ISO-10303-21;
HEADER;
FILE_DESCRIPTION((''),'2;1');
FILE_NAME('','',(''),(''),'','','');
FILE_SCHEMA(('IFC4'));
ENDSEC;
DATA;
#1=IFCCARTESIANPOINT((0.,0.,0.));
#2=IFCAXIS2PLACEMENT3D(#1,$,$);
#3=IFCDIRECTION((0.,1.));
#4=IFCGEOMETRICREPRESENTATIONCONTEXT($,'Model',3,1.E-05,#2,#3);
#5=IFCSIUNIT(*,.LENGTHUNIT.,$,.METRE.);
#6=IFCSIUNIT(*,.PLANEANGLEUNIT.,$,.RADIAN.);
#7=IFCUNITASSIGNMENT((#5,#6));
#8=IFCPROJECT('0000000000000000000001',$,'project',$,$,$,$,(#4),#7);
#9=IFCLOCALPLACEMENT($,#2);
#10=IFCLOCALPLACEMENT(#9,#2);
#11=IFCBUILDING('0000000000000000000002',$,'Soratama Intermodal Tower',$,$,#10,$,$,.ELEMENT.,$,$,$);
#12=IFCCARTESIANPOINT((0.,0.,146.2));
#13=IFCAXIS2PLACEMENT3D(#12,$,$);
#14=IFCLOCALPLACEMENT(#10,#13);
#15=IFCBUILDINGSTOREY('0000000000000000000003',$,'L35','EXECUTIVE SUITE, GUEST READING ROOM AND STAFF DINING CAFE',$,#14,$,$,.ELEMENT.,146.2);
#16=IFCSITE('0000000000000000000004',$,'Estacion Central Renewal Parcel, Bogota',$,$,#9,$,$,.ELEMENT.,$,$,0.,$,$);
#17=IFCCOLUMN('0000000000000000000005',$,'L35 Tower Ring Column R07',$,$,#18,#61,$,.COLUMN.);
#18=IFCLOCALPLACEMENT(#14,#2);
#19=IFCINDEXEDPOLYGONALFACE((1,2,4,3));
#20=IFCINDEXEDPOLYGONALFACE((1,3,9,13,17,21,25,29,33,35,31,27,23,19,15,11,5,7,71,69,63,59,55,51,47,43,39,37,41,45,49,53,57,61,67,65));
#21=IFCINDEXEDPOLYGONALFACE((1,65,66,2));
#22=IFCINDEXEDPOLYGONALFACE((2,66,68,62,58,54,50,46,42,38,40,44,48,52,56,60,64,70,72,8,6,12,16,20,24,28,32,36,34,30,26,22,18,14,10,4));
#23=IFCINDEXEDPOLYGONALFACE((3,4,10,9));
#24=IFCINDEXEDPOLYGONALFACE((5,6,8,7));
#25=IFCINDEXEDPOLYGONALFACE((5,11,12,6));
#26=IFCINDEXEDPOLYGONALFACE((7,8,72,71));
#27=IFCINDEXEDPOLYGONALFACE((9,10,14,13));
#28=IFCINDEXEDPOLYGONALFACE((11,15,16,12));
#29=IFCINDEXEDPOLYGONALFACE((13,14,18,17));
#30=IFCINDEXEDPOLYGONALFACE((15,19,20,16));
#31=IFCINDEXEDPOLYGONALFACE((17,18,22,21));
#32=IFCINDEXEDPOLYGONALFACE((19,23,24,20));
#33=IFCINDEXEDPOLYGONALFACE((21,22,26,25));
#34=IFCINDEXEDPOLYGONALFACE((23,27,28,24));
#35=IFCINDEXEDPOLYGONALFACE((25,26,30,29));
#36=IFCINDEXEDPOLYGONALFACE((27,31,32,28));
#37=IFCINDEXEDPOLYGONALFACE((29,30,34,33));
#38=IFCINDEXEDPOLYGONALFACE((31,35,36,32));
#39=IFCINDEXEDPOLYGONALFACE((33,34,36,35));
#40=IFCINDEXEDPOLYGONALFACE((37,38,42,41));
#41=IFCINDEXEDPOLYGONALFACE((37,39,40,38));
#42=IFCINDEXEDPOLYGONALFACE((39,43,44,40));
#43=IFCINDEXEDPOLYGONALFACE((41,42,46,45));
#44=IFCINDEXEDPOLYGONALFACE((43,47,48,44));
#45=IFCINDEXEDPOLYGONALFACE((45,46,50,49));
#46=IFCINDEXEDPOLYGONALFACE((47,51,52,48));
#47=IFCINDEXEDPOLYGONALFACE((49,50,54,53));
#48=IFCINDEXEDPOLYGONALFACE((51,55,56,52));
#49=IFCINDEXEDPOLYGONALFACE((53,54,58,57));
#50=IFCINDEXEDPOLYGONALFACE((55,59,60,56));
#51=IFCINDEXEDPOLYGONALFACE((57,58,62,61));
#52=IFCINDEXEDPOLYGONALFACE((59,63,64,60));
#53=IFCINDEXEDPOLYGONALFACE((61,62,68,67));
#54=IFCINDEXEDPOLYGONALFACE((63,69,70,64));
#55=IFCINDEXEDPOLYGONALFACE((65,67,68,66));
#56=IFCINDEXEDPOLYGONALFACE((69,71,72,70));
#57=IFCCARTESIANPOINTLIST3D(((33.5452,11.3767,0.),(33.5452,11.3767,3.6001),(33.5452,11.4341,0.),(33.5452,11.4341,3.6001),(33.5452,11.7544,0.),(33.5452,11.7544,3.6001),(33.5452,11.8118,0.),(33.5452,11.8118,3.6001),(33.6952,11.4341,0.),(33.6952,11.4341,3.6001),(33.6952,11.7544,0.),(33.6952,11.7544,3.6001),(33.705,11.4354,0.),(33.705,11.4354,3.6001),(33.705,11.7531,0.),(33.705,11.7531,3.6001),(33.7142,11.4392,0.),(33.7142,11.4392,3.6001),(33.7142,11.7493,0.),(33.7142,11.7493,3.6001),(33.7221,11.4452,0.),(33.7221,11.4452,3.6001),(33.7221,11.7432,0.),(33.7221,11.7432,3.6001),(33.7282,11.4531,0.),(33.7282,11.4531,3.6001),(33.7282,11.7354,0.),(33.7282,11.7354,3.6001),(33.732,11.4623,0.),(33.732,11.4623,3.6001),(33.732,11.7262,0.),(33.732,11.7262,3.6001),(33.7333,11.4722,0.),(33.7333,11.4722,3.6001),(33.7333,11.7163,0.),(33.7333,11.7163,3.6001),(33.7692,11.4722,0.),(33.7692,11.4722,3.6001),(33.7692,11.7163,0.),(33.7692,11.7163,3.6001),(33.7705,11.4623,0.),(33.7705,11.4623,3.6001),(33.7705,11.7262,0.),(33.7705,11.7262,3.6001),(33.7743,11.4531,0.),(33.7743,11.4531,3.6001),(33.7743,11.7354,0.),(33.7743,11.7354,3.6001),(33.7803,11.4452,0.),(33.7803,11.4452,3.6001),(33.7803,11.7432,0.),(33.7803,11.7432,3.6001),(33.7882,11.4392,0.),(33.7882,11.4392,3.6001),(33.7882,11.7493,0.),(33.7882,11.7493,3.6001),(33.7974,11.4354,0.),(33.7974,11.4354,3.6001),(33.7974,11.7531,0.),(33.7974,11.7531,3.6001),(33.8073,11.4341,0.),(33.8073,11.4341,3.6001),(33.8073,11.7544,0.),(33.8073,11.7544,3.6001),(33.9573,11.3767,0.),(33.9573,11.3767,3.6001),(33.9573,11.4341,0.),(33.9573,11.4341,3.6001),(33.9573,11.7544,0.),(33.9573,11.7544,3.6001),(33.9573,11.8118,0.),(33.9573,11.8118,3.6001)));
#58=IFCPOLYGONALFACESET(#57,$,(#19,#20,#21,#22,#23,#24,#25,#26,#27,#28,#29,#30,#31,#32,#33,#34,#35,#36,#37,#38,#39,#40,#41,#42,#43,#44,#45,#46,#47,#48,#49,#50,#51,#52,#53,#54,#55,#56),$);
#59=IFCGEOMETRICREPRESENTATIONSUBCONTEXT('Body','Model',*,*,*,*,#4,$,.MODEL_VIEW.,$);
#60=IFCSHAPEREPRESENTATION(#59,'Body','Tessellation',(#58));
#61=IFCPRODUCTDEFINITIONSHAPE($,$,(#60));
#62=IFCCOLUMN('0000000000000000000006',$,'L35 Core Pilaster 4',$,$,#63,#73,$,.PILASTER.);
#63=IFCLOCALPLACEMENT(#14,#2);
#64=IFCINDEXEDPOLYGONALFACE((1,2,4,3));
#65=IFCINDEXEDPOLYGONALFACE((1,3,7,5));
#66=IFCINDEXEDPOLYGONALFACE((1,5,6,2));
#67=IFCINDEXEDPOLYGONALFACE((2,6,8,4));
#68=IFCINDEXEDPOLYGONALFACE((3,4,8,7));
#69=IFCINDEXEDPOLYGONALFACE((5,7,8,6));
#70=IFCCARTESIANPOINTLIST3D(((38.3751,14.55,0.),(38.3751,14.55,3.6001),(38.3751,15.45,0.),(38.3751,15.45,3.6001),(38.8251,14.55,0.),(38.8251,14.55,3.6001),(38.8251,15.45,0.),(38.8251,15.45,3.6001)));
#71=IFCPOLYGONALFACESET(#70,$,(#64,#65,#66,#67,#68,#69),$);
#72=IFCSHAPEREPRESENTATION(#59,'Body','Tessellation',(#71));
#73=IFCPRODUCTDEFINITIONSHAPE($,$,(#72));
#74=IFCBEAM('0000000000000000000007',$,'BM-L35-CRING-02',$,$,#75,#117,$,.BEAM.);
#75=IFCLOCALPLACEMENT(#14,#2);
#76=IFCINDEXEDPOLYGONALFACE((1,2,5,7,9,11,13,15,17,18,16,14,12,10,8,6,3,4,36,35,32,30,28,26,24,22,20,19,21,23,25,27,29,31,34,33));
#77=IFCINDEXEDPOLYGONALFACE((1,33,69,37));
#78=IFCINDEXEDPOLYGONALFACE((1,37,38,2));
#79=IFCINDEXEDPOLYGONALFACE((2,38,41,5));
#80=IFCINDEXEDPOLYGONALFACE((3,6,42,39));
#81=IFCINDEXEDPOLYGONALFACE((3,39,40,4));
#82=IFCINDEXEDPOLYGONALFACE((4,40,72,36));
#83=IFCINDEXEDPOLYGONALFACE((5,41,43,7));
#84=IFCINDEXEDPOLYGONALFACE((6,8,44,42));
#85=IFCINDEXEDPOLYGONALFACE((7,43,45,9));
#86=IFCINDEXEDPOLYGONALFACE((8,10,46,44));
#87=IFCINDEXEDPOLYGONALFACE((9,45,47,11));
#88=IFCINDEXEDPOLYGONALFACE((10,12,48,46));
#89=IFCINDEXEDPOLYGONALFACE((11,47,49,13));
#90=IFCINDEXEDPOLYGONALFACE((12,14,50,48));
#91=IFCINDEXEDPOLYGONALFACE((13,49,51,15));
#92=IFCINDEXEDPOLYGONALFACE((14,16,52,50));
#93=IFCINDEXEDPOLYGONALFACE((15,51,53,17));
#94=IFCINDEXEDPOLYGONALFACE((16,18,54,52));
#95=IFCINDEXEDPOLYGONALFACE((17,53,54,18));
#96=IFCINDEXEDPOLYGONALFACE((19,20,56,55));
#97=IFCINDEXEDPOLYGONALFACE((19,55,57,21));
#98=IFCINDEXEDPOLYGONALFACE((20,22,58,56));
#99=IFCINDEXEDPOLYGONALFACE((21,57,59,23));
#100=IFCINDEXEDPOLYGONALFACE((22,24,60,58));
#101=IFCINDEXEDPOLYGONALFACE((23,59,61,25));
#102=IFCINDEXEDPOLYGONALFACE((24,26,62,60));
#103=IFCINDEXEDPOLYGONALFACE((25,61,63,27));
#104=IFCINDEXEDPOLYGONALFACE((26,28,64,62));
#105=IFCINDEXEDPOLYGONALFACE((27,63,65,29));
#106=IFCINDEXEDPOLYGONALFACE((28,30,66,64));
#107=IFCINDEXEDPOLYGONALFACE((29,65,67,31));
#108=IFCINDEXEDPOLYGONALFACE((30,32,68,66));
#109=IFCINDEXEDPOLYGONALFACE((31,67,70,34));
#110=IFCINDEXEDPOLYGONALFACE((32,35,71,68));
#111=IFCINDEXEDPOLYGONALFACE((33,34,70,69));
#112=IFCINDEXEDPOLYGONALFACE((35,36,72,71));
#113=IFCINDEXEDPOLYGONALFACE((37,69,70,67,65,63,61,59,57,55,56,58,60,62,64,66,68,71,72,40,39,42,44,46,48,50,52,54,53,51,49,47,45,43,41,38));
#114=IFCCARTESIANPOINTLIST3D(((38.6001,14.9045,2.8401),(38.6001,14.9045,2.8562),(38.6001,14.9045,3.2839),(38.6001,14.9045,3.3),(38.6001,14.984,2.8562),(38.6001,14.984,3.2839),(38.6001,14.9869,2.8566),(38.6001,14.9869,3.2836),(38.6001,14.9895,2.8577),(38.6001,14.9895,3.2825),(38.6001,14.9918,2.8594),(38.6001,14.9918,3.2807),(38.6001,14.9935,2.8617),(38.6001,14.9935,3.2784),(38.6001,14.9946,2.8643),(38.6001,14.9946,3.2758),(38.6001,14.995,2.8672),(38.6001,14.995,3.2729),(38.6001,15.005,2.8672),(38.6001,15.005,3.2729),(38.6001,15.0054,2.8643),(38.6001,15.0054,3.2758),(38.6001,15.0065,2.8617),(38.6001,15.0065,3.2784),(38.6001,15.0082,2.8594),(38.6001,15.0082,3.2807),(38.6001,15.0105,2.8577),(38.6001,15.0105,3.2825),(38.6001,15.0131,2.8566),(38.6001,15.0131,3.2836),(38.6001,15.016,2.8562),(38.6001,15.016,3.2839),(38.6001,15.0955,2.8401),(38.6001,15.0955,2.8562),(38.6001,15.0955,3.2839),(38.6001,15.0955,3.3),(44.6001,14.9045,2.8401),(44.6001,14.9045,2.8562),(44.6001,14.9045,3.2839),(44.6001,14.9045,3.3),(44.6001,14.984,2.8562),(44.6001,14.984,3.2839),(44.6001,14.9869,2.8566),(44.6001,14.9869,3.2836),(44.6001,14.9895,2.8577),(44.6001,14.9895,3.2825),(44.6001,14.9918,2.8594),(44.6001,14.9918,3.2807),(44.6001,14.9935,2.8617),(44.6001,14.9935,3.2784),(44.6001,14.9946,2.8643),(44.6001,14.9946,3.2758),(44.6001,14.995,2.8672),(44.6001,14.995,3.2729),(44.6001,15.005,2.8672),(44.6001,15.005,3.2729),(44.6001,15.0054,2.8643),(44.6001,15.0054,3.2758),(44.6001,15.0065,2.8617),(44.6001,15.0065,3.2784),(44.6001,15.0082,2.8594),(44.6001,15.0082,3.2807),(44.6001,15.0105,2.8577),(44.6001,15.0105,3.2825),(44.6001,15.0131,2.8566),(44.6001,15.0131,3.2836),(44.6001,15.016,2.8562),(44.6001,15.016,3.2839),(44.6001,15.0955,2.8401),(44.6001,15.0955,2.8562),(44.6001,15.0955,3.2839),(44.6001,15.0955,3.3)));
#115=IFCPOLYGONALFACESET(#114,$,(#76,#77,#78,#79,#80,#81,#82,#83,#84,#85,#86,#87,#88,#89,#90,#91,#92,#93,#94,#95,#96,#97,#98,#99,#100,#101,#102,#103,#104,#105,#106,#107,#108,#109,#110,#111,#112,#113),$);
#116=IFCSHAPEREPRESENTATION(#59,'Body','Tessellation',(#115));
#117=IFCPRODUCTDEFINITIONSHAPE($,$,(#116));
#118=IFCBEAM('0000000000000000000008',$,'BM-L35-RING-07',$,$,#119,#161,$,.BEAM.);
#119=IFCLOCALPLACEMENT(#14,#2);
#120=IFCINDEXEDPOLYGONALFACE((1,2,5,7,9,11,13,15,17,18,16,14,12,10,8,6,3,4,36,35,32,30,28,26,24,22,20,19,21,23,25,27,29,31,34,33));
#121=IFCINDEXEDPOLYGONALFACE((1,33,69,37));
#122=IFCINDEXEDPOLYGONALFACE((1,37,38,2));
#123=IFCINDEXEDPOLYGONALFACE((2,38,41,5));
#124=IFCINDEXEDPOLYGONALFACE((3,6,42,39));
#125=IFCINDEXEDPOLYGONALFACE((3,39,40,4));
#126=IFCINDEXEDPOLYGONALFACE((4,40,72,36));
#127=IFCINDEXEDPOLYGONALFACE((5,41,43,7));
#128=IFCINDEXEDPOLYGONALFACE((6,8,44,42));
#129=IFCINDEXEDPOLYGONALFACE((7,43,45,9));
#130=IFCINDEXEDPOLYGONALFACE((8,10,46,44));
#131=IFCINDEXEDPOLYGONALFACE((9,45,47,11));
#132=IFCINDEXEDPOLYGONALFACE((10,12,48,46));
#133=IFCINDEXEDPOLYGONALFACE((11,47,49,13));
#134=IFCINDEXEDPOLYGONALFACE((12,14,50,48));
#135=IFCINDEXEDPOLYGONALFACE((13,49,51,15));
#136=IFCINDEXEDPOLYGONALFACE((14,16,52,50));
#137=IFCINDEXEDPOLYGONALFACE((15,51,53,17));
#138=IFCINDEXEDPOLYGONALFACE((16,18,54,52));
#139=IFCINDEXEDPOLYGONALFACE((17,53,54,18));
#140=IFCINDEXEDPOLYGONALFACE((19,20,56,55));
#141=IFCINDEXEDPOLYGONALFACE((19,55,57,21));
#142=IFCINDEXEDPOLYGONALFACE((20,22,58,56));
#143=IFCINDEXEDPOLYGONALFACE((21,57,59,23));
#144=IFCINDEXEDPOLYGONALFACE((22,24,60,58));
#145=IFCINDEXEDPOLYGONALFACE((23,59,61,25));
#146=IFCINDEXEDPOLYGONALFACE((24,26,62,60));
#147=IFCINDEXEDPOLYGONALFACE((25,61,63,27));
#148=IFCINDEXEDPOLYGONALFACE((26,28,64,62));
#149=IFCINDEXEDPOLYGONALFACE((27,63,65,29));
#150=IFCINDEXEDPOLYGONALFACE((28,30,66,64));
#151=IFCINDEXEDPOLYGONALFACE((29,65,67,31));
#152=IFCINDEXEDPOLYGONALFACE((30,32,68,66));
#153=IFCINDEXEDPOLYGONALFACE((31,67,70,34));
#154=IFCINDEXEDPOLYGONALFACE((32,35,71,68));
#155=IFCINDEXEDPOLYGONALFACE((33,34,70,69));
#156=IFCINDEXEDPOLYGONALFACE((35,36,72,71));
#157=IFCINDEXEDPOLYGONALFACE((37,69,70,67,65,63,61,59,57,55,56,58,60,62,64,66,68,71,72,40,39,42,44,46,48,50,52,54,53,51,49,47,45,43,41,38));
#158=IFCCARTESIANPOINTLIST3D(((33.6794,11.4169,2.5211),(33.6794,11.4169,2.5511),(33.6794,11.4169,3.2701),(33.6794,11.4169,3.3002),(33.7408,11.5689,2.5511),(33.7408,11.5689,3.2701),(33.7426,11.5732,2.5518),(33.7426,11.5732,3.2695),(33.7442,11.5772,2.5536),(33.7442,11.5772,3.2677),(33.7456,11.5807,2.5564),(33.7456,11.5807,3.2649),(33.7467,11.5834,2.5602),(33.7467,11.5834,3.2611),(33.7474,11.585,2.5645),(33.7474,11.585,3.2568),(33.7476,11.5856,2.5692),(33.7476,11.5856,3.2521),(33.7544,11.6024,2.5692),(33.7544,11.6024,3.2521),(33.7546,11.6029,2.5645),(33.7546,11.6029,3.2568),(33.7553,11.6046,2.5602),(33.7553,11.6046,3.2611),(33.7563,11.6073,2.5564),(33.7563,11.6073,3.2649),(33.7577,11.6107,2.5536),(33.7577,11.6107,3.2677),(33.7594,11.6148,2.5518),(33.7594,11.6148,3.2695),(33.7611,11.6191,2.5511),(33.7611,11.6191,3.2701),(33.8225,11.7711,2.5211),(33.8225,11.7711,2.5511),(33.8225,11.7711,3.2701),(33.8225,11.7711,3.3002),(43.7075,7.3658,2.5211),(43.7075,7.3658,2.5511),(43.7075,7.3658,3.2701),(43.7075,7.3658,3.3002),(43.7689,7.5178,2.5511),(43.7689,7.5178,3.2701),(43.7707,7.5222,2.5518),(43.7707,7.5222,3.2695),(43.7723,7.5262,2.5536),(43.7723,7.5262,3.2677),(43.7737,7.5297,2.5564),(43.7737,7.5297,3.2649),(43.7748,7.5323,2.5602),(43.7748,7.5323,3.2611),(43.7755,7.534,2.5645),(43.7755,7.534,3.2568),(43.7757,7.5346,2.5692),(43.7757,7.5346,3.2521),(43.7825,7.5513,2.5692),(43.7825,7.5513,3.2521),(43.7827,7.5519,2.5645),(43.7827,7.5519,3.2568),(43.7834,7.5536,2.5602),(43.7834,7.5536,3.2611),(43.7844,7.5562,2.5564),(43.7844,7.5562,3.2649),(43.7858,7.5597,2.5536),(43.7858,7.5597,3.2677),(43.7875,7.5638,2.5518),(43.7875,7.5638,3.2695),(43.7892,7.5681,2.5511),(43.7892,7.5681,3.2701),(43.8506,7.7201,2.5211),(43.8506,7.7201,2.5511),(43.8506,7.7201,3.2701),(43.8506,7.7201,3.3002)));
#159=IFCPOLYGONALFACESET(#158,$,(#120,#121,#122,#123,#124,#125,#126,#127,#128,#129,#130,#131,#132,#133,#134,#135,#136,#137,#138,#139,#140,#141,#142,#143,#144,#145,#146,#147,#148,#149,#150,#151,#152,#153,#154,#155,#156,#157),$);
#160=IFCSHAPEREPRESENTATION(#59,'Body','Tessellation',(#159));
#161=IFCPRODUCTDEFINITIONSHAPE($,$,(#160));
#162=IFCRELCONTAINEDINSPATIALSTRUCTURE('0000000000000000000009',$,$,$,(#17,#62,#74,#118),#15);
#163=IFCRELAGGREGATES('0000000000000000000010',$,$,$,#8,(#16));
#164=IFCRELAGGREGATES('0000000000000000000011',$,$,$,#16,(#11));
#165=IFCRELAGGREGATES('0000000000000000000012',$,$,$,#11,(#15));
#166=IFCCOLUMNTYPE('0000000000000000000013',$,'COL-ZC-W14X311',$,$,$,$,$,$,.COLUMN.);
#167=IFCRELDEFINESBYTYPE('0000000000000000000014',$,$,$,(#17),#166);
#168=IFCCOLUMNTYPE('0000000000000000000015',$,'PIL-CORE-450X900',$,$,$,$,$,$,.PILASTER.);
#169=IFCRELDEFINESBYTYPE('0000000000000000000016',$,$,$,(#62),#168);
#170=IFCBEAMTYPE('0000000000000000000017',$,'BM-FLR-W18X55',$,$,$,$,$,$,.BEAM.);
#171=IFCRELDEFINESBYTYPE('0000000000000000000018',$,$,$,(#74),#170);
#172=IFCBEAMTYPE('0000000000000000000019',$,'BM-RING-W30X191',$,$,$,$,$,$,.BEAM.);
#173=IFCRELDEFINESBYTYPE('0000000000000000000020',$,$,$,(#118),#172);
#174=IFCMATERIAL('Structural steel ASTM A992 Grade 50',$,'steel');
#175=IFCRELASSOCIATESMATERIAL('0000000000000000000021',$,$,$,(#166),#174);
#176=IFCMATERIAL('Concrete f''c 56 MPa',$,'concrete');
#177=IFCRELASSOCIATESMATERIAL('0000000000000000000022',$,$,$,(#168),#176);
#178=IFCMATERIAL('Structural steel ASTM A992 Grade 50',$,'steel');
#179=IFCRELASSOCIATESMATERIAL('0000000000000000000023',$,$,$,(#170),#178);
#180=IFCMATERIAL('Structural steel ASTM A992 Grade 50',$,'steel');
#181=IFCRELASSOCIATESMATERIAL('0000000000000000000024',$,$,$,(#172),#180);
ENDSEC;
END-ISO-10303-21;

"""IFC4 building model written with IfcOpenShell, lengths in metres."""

from ifc_helpers import new_model, si_unit, direction, frame, origin, origin_2d, place, context, subcontext, project, spatial, rectangle, i_section, extrude, material, material_profile, profile_set, type_object, element, save


model = new_model("IFC4")

# Units and contexts
model_context = context("Model", 3, precision=1e-05, world=origin(), true_north=direction((0.0, 1.0)))
body_context = subcontext(model_context, "Body", "Model", "MODEL_VIEW")
ifc_project = project(units=[si_unit("LENGTHUNIT", "METRE"), si_unit("PLANEANGLEUNIT", "RADIAN")], contexts=[model_context])

# Site, building, storey
site_placement = place(None, origin())
site = spatial("IfcSite", under=ifc_project, at=site_placement, Name="Estacion Central Renewal Parcel, Bogota", CompositionType="ELEMENT", RefElevation=0.0)
building_placement = place(site_placement, origin())
building = spatial("IfcBuilding", under=site, at=building_placement, Name="Soratama Intermodal Tower", CompositionType="ELEMENT")
storey_placement = place(building_placement, frame((0.0, 0.0, 146.2)))
storey = spatial("IfcBuildingStorey", under=building, at=storey_placement, Name="L35", Description="EXECUTIVE SUITE, GUEST READING ROOM AND STAFF DINING CAFE", CompositionType="ELEMENT", Elevation=146.2)

# Columns
ifc_material_1 = material(Name="Structural steel ASTM A992 Grade 50", Category="steel")
ifc_material_profile_1 = material_profile(ifc_material_1, i_section(OverallWidth=0.4121, OverallDepth=0.4351, WebThickness=0.0359, FlangeThickness=0.0574, FilletRadius=0.0381, at=origin_2d()), Name="W14X311")
ifc_profile_set_1 = profile_set([ifc_material_profile_1], Name="Structural steel ASTM A992 Grade 50")
column_type_1 = type_object("IfcColumnType", Name="COL-ZC-W14X311", PredefinedType="COLUMN", material=ifc_profile_set_1)
column_1_placement = place(storey_placement, frame((33.7512, 11.5942, 0.0), z_axis=(0.0, 0.0, 1.0), x_axis=(1.0, 0.0, 0.0)))
element("IfcColumn", 1, at=column_1_placement, inside=storey, type_object=column_type_1, Name="L35 Tower Ring Column R07", PredefinedType="COLUMN", context=body_context, shape_type="SweptSolid", body=[
    extrude(i_section(OverallWidth=0.4121, OverallDepth=0.4351, WebThickness=0.0359, FlangeThickness=0.0574, FilletRadius=0.0381, at=origin_2d()), origin(), (0.0, 0.0, 1.0), 3.6001),
])
ifc_material_2 = material(Name="Concrete f'c 56 MPa", Category="concrete")
ifc_material_profile_2 = material_profile(ifc_material_2, rectangle(XDim=0.45, YDim=0.8999, at=origin_2d()), Name="RC450X900")
ifc_profile_set_2 = profile_set([ifc_material_profile_2], Name="Concrete f'c 56 MPa")
column_type_2 = type_object("IfcColumnType", Name="PIL-CORE-450X900", PredefinedType="PILASTER", material=ifc_profile_set_2)
column_2_placement = place(storey_placement, frame((38.6001, 15.0, 0.0), z_axis=(0.0, 0.0, 1.0), x_axis=(1.0, 0.0, 0.0)))
element("IfcColumn", 2, at=column_2_placement, inside=storey, type_object=column_type_2, Name="L35 Core Pilaster 4", PredefinedType="PILASTER", context=body_context, shape_type="SweptSolid", body=[
    extrude(rectangle(XDim=0.45, YDim=0.8999, at=origin_2d()), origin(), (0.0, 0.0, 1.0), 3.6001),
])

# Beams
ifc_material_3 = material(Name="Structural steel ASTM A992 Grade 50", Category="steel")
ifc_material_profile_3 = material_profile(ifc_material_3, i_section(OverallWidth=0.1909, OverallDepth=0.46, WebThickness=0.01, FlangeThickness=0.0161, FilletRadius=0.011, at=origin_2d()), Name="W18X55")
ifc_profile_set_3 = profile_set([ifc_material_profile_3], Name="Structural steel ASTM A992 Grade 50")
beam_type_1 = type_object("IfcBeamType", Name="BM-FLR-W18X55", PredefinedType="BEAM", material=ifc_profile_set_3)
beam_1_placement = place(storey_placement, frame((38.6001, 15.0, 3.0701), z_axis=(1.0, 0.0, 0.0), x_axis=(0.0, 1.0, 0.0)))
element("IfcBeam", 3, at=beam_1_placement, inside=storey, type_object=beam_type_1, Name="BM-L35-CRING-02", PredefinedType="BEAM", context=body_context, shape_type="SweptSolid", body=[
    extrude(i_section(OverallWidth=0.1909, OverallDepth=0.46, WebThickness=0.01, FlangeThickness=0.0161, FilletRadius=0.011, at=origin_2d()), origin(), (0.0, 0.0, 1.0), 6.0),
])
ifc_material_4 = material(Name="Structural steel ASTM A992 Grade 50", Category="steel")
ifc_material_profile_4 = material_profile(ifc_material_4, i_section(OverallWidth=0.3821, OverallDepth=0.7791, WebThickness=0.0181, FlangeThickness=0.03, FilletRadius=0.0181, at=origin_2d()), Name="W30X191")
ifc_profile_set_4 = profile_set([ifc_material_profile_4], Name="Structural steel ASTM A992 Grade 50")
beam_type_2 = type_object("IfcBeamType", Name="BM-RING-W30X191", PredefinedType="BEAM", material=ifc_profile_set_4)
beam_2_placement = place(storey_placement, frame((33.751, 11.594, 2.9106), z_axis=(0.927202, -0.37456, 0.0), x_axis=(0.37456, 0.927202, 0.0)))
element("IfcBeam", 4, at=beam_2_placement, inside=storey, type_object=beam_type_2, Name="BM-L35-RING-07", PredefinedType="BEAM", context=body_context, shape_type="SweptSolid", body=[
    extrude(i_section(OverallWidth=0.3821, OverallDepth=0.7791, WebThickness=0.0181, FlangeThickness=0.03, FilletRadius=0.0181, at=origin_2d()), origin(), (0.0, 0.0, 1.0), 10.8154),
])

save(model, "model.ifc")
